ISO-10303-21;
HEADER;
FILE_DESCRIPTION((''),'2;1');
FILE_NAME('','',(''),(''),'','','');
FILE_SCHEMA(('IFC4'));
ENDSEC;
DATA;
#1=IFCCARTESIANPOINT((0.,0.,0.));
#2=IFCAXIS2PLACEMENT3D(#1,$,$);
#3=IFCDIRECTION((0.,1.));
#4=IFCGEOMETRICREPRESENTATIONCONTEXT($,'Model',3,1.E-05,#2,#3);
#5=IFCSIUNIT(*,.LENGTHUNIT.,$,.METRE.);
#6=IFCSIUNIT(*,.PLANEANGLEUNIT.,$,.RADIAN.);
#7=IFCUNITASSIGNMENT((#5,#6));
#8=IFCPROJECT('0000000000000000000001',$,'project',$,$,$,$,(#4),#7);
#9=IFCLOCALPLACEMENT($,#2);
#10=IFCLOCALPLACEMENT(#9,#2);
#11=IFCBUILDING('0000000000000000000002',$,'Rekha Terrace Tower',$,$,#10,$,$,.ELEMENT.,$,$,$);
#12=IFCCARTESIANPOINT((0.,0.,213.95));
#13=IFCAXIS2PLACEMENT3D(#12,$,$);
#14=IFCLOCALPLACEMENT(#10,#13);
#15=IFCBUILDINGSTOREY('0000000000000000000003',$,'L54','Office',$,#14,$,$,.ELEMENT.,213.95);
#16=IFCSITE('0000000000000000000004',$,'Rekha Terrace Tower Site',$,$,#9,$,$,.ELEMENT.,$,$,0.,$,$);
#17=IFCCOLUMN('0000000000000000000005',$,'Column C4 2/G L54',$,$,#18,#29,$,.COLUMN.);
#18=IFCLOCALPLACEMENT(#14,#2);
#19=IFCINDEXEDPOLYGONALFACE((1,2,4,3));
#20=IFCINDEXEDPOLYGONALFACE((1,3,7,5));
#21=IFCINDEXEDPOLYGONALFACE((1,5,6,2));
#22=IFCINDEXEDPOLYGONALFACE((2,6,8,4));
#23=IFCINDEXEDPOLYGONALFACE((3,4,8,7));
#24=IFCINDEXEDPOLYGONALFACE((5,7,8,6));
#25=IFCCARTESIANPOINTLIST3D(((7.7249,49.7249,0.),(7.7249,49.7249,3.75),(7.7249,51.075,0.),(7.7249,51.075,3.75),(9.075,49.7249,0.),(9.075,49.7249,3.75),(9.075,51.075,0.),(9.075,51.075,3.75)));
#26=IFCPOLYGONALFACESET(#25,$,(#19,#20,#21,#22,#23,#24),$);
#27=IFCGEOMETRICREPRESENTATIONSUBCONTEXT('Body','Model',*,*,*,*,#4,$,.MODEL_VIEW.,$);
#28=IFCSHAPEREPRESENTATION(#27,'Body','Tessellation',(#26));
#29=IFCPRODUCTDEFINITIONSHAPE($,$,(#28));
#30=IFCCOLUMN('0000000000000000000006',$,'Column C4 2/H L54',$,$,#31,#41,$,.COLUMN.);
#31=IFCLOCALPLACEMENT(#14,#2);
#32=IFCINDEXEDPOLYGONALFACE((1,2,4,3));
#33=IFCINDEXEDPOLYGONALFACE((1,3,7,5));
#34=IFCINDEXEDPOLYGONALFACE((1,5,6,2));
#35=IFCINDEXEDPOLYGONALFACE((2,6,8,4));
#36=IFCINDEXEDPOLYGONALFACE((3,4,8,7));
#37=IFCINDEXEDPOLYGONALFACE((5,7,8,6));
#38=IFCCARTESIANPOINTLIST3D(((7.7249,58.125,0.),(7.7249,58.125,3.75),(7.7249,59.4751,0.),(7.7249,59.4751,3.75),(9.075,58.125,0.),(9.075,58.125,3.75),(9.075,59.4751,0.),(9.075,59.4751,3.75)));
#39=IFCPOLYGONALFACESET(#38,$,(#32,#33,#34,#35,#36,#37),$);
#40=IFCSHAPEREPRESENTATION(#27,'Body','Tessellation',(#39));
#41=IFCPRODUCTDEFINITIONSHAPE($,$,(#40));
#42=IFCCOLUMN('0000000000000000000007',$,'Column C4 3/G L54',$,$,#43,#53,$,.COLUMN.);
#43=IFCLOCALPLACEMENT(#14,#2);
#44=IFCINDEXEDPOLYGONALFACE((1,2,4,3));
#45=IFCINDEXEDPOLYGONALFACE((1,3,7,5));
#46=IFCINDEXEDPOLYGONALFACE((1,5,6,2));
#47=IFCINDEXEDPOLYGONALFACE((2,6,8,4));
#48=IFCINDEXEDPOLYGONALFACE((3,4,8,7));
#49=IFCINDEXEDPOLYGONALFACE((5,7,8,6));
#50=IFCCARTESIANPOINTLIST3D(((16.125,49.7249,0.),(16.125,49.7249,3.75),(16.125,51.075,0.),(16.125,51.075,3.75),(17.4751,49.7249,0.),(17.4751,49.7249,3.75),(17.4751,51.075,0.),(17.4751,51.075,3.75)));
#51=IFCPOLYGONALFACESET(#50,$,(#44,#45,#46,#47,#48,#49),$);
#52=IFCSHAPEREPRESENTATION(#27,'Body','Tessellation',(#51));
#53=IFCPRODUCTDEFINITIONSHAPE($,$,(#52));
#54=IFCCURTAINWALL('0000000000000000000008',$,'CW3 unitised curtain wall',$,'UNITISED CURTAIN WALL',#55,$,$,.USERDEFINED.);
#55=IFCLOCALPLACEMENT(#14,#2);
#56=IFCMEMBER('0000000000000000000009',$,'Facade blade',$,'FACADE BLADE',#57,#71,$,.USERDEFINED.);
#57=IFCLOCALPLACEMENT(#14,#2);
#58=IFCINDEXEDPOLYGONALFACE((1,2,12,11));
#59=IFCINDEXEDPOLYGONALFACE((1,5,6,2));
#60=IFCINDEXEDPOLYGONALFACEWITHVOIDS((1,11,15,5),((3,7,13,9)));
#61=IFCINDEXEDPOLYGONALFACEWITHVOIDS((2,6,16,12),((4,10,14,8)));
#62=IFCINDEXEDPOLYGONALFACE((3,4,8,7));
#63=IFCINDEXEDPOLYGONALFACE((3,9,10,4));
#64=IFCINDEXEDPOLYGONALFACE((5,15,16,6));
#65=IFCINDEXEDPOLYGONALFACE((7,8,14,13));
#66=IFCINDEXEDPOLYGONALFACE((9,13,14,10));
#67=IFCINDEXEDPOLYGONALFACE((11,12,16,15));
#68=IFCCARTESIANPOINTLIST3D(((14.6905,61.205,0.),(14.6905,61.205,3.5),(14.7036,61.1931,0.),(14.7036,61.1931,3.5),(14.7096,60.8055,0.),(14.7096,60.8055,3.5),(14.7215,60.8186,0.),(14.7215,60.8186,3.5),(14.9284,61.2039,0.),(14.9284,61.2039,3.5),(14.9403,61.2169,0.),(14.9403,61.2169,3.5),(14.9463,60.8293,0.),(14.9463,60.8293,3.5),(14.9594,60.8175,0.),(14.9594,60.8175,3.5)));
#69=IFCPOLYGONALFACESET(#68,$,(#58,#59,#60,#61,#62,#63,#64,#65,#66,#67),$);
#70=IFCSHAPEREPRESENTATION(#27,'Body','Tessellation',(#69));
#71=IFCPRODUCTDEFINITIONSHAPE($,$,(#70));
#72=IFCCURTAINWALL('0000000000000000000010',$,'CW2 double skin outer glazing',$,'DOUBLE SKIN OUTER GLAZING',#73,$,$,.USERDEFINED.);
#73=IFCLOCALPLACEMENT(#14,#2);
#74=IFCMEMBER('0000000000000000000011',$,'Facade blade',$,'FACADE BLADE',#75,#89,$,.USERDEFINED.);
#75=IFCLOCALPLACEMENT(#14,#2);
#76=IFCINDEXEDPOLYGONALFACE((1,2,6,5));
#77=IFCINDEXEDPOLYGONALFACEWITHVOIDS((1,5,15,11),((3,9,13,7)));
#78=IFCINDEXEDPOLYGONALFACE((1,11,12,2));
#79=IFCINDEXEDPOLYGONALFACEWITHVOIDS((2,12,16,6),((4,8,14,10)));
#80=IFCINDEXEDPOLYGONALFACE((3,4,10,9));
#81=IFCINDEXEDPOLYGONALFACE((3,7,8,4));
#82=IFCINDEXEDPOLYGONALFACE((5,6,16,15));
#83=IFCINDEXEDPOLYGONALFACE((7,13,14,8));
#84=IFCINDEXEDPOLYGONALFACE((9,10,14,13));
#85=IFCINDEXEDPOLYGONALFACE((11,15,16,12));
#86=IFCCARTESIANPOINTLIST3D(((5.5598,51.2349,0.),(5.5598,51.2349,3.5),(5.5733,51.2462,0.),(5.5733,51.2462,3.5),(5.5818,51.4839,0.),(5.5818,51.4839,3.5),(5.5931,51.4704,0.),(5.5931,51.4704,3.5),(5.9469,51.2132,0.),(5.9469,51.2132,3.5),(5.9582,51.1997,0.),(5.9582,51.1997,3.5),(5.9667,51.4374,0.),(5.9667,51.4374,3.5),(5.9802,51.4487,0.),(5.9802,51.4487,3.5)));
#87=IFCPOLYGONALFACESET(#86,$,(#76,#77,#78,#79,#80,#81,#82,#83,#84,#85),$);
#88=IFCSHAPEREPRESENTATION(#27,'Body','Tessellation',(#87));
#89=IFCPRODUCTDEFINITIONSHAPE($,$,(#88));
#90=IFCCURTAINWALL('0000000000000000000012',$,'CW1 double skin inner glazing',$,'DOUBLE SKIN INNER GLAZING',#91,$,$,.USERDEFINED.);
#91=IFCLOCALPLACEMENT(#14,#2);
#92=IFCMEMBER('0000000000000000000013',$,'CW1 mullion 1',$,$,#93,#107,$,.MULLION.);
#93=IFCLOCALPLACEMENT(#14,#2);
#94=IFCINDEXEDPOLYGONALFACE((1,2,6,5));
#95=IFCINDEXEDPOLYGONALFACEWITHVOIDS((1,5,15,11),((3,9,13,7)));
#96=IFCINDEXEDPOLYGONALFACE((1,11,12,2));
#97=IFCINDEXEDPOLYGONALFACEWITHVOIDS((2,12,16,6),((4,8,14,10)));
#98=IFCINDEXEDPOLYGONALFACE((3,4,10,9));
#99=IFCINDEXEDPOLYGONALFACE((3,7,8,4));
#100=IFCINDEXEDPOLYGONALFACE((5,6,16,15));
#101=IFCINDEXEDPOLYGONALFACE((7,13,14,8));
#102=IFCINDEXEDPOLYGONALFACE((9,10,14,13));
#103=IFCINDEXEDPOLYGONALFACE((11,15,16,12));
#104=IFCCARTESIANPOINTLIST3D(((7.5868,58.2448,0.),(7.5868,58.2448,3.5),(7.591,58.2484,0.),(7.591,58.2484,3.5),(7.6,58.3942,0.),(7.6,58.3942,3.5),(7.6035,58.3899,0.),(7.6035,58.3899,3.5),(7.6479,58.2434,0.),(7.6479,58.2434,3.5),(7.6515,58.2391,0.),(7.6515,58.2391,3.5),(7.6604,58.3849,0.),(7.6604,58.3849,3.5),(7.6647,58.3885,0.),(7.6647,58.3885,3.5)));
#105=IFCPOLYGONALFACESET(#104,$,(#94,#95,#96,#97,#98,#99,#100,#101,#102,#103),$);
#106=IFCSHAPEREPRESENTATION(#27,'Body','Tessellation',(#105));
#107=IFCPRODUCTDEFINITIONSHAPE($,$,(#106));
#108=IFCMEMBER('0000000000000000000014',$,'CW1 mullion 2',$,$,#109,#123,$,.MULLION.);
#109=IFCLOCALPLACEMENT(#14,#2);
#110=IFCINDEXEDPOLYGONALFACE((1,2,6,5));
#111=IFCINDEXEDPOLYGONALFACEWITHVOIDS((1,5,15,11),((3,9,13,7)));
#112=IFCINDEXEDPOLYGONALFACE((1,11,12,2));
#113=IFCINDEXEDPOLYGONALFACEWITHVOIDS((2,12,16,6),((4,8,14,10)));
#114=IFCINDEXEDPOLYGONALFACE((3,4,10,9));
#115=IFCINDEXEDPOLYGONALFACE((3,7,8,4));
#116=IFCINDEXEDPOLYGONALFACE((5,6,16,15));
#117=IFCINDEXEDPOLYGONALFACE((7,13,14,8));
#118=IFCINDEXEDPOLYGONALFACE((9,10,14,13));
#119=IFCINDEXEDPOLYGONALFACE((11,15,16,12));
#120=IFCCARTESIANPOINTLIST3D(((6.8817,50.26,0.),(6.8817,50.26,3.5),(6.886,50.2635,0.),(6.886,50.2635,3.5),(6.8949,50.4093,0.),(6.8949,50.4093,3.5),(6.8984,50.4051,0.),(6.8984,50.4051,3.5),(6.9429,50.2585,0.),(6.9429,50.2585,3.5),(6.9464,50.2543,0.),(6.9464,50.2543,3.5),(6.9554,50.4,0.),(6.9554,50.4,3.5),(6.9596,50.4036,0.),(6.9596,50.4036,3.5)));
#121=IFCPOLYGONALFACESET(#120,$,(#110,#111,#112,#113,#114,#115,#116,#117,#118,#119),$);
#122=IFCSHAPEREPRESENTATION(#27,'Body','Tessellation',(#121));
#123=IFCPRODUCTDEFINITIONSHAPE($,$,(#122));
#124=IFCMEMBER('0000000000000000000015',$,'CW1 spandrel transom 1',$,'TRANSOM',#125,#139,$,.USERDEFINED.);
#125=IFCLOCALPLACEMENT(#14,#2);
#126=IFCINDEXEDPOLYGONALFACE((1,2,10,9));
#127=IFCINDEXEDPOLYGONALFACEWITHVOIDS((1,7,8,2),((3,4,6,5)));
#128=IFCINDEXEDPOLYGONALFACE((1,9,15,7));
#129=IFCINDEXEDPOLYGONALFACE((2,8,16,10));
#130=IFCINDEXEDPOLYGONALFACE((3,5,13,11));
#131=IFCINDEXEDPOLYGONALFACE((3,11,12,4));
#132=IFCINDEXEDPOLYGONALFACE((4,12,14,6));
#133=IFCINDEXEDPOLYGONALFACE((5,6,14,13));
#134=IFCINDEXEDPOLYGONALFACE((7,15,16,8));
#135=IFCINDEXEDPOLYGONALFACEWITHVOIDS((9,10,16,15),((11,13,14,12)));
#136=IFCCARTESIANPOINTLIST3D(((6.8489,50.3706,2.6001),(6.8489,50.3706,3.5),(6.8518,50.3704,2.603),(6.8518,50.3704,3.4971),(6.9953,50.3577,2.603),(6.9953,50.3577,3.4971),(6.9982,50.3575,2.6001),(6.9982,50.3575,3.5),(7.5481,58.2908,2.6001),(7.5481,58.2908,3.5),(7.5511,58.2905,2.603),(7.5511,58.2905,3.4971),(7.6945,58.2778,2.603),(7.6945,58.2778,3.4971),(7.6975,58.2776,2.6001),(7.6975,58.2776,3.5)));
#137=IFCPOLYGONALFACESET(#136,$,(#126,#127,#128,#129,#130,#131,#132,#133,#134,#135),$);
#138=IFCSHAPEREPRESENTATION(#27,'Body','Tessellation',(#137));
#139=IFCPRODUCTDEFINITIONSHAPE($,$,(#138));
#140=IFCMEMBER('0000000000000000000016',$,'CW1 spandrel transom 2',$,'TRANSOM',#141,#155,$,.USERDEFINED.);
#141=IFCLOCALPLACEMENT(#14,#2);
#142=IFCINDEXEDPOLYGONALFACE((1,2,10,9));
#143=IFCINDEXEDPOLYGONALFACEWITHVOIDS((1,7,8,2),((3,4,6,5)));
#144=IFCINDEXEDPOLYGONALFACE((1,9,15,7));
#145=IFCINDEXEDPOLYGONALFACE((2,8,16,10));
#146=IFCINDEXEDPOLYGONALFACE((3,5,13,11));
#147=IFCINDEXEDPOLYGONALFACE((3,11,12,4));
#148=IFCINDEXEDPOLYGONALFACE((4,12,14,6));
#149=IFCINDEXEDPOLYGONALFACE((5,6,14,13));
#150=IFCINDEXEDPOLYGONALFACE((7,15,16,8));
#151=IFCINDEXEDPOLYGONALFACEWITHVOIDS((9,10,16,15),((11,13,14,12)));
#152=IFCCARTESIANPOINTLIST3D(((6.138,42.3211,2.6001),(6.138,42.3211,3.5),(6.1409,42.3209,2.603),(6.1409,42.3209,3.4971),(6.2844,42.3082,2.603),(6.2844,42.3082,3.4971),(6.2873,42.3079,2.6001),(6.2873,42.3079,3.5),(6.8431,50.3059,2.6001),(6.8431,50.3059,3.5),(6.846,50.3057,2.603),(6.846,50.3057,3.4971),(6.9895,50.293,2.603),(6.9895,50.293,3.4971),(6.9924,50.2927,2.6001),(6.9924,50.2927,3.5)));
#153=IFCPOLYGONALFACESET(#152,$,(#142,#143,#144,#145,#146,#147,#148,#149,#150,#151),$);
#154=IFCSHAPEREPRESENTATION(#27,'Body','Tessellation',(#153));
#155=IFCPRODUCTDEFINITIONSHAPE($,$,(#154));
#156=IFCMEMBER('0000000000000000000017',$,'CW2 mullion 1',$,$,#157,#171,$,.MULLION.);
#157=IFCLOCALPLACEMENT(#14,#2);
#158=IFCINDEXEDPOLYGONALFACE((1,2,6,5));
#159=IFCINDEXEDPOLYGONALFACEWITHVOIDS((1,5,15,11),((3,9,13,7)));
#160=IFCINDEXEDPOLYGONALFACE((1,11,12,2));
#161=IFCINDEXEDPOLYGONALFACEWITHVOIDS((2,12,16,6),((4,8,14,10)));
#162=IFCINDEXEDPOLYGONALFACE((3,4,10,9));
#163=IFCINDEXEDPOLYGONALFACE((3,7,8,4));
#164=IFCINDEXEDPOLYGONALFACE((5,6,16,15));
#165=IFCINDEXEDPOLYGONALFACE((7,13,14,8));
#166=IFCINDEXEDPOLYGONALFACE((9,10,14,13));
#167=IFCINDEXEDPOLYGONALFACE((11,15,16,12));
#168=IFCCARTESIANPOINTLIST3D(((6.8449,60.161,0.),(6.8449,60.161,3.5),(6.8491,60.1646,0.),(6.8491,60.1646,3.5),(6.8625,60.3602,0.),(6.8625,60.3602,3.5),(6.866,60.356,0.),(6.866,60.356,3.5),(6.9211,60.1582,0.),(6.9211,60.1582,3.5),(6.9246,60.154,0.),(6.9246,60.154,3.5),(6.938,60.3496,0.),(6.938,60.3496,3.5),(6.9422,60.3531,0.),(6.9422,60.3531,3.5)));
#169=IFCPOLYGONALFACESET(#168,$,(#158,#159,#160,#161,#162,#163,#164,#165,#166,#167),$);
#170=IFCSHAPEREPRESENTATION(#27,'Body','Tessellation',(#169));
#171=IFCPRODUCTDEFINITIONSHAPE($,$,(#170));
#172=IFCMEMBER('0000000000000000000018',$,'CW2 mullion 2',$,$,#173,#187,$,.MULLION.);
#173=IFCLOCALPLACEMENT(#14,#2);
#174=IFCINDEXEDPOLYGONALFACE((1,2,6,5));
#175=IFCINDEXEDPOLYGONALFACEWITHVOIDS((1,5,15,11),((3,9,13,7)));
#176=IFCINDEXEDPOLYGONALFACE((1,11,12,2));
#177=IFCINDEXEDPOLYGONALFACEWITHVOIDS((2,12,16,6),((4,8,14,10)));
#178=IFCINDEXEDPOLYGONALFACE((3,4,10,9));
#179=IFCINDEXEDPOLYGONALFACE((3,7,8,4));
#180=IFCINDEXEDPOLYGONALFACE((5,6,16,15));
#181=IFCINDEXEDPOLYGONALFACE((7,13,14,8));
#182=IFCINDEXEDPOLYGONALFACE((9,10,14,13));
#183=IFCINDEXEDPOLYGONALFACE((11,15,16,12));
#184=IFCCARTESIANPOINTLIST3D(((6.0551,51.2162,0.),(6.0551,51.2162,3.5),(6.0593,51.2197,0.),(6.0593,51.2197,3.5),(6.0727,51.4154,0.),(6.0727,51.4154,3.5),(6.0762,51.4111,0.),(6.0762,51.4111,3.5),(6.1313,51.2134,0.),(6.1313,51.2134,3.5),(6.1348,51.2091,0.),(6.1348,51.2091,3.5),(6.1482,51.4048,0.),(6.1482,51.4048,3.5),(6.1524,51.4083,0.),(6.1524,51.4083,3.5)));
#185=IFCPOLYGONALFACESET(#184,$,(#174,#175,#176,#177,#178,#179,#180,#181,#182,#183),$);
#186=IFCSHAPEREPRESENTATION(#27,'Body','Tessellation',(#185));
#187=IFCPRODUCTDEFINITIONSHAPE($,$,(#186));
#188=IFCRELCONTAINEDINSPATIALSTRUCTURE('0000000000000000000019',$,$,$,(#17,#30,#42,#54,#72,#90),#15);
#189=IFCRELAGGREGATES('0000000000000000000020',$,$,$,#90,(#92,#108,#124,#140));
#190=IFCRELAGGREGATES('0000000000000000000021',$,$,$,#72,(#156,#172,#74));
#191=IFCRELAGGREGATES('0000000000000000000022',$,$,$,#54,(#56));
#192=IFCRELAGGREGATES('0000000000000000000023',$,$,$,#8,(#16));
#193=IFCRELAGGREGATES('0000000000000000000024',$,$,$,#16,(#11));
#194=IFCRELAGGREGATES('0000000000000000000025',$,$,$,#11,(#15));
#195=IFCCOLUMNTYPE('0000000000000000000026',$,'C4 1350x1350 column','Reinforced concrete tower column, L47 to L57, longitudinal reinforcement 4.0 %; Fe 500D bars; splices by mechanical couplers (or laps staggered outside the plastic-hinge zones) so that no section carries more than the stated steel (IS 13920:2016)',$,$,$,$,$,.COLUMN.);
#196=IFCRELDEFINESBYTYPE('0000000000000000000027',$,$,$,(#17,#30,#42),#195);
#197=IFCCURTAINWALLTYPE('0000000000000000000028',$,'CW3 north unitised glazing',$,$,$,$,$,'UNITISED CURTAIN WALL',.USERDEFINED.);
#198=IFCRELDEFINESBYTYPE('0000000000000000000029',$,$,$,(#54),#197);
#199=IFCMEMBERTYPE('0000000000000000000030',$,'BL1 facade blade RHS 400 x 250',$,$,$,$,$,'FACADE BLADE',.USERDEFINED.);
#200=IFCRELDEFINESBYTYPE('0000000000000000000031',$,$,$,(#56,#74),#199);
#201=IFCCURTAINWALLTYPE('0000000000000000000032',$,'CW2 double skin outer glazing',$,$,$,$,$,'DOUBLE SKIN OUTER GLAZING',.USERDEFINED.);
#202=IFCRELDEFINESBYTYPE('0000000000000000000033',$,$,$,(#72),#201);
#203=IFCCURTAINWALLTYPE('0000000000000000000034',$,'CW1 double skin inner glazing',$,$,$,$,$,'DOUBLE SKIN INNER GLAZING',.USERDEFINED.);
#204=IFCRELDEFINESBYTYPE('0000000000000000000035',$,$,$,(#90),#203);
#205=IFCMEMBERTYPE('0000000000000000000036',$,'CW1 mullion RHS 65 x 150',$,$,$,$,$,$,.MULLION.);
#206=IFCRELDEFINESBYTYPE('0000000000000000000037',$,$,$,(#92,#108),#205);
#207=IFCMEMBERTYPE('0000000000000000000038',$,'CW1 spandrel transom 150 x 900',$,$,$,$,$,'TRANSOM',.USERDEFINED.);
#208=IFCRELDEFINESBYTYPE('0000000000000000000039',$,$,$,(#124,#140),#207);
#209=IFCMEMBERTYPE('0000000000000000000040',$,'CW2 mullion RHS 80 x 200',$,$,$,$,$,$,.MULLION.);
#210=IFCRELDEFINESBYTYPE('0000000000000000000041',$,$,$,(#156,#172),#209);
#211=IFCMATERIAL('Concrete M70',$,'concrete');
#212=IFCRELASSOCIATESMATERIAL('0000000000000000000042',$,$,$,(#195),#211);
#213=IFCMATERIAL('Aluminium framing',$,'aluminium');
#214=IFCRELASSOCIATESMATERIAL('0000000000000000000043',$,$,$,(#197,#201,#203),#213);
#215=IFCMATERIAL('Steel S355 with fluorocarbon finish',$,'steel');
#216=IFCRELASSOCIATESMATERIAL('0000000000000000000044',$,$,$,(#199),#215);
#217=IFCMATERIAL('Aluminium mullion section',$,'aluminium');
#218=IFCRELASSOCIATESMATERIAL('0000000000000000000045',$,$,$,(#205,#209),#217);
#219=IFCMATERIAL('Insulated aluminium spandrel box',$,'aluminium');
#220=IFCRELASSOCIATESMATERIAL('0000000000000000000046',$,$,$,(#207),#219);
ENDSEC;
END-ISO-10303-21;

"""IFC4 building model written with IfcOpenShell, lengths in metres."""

from ifc_helpers import new_model, si_unit, direction, frame, origin, origin_2d, place, context, subcontext, project, spatial, rectangle, hollow_rectangle, extrude, material, material_profile, profile_set, type_object, element, aggregate, save


model = new_model("IFC4")

# Units and contexts
model_context = context("Model", 3, precision=1e-05, world=origin(), true_north=direction((0.0, 1.0)))
body_context = subcontext(model_context, "Body", "Model", "MODEL_VIEW")
ifc_project = project(units=[si_unit("LENGTHUNIT", "METRE"), si_unit("PLANEANGLEUNIT", "RADIAN")], contexts=[model_context])

# Site, building, storey
site_placement = place(None, origin())
site = spatial("IfcSite", under=ifc_project, at=site_placement, Name="Rekha Terrace Tower Site", CompositionType="ELEMENT", RefElevation=0.0)
building_placement = place(site_placement, origin())
building = spatial("IfcBuilding", under=site, at=building_placement, Name="Rekha Terrace Tower", CompositionType="ELEMENT")
storey_placement = place(building_placement, frame((0.0, 0.0, 213.95)))
storey = spatial("IfcBuildingStorey", under=building, at=storey_placement, Name="L54", Description="Office", CompositionType="ELEMENT", Elevation=213.95)

# Columns
ifc_material_1 = material(Name="Concrete M70", Category="concrete")
ifc_material_profile_1 = material_profile(ifc_material_1, rectangle(XDim=1.3501, YDim=1.3501, at=origin_2d()), Name="RC 1350x1350")
ifc_profile_set_1 = profile_set([ifc_material_profile_1], Name="Concrete M70")
column_type = type_object("IfcColumnType", Name="C4 1350x1350 column", Description="Reinforced concrete tower column, L47 to L57, longitudinal reinforcement 4.0 %; Fe 500D bars; splices by mechanical couplers (or laps staggered outside the plastic-hinge zones) so that no section carries more than the stated steel (IS 13920:2016)", PredefinedType="COLUMN", material=ifc_profile_set_1)
for number, where, z_axis, x_axis, name in (
    (1, (8.3999, 50.3999, 0.0), (0.0, 0.0, 1.0), (1.0, 0.0, 0.0), "Column C4 2/G L54"),
    (2, (8.3999, 58.8, 0.0), (0.0, 0.0, 1.0), (1.0, 0.0, 0.0), "Column C4 2/H L54"),
    (3, (16.8, 50.3999, 0.0), (0.0, 0.0, 1.0), (1.0, 0.0, 0.0), "Column C4 3/G L54"),
):
    element("IfcColumn", number, at=place(storey_placement, frame(where, z_axis=z_axis, x_axis=x_axis)), inside=storey, type_object=column_type, Name=name, PredefinedType="COLUMN", context=body_context, shape_type="SweptSolid", body=[
        extrude(rectangle(XDim=1.3501, YDim=1.3501, at=origin_2d()), origin(), (0.0, 0.0, 1.0), 3.75),
    ])

# Curtain walls, members
ifc_material_2 = material(Name="Aluminium framing", Category="aluminium")
curtain_wall_type_1 = type_object("IfcCurtainWallType", Name="CW3 north unitised glazing", ElementType="UNITISED CURTAIN WALL", PredefinedType="USERDEFINED", material=ifc_material_2)
curtain_wall_1_placement = place(storey_placement, origin())
curtain_wall_1 = element("IfcCurtainWall", 4, at=curtain_wall_1_placement, inside=storey, type_object=curtain_wall_type_1, Name="CW3 unitised curtain wall", ObjectType="UNITISED CURTAIN WALL", PredefinedType="USERDEFINED")
ifc_material_3 = material(Name="Steel S355 with fluorocarbon finish", Category="steel")
ifc_material_profile_2 = material_profile(ifc_material_3, hollow_rectangle(XDim=0.25, YDim=0.3999, WallThickness=0.0125, at=origin_2d()), Name="RHS400x250x12.5")
ifc_profile_set_2 = profile_set([ifc_material_profile_2], Name="Steel S355 with fluorocarbon finish")
member_type_1 = type_object("IfcMemberType", Name="BL1 facade blade RHS 400 x 250", ElementType="FACADE BLADE", PredefinedType="USERDEFINED", material=ifc_profile_set_2)
member_1_placement = place(storey_placement, frame((14.825, 61.0112, 0.0), z_axis=(0.0, 0.0, 1.0), x_axis=(-0.998859, -0.047758, 0.0)))
member_1 = element("IfcMember", 5, at=member_1_placement, type_object=member_type_1, Name="Facade blade", ObjectType="FACADE BLADE", PredefinedType="USERDEFINED", context=body_context, shape_type="SweptSolid", body=[
    extrude(hollow_rectangle(XDim=0.25, YDim=0.3999, WallThickness=0.0125, at=origin_2d()), origin(), (0.0, 0.0, 1.0), 3.5),
])
curtain_wall_type_2 = type_object("IfcCurtainWallType", Name="CW2 double skin outer glazing", ElementType="DOUBLE SKIN OUTER GLAZING", PredefinedType="USERDEFINED", material=ifc_material_2)
curtain_wall_2_placement = place(storey_placement, origin())
curtain_wall_2 = element("IfcCurtainWall", 6, at=curtain_wall_2_placement, inside=storey, type_object=curtain_wall_type_2, Name="CW2 double skin outer glazing", ObjectType="DOUBLE SKIN OUTER GLAZING", PredefinedType="USERDEFINED")
member_2_placement = place(storey_placement, frame((5.77, 51.3418, 0.0), z_axis=(0.0, 0.0, 1.0), x_axis=(-0.087957, -0.996124, 0.0)))
member_2 = element("IfcMember", 7, at=member_2_placement, type_object=member_type_1, Name="Facade blade", ObjectType="FACADE BLADE", PredefinedType="USERDEFINED", context=body_context, shape_type="SweptSolid", body=[
    extrude(hollow_rectangle(XDim=0.25, YDim=0.3999, WallThickness=0.0125, at=origin_2d()), origin(), (0.0, 0.0, 1.0), 3.5),
])

# Curtain wall, members
curtain_wall_type_3 = type_object("IfcCurtainWallType", Name="CW1 double skin inner glazing", ElementType="DOUBLE SKIN INNER GLAZING", PredefinedType="USERDEFINED", material=ifc_material_2)
curtain_wall_3_placement = place(storey_placement, origin())
curtain_wall_3 = element("IfcCurtainWall", 8, at=curtain_wall_3_placement, inside=storey, type_object=curtain_wall_type_3, Name="CW1 double skin inner glazing", ObjectType="DOUBLE SKIN INNER GLAZING", PredefinedType="USERDEFINED")
ifc_material_4 = material(Name="Aluminium mullion section", Category="aluminium")
ifc_material_profile_3 = material_profile(ifc_material_4, hollow_rectangle(XDim=0.0649, YDim=0.1499, WallThickness=0.0039, at=origin_2d()), Name="AL RHS 65x150")
ifc_profile_set_3 = profile_set([ifc_material_profile_3], Name="Aluminium mullion section")
member_type_2 = type_object("IfcMemberType", Name="CW1 mullion RHS 65 x 150", PredefinedType="MULLION", material=ifc_profile_set_3)
member_3_placement = place(storey_placement, frame((7.6257, 58.3167, 0.0), z_axis=(0.0, 0.0, 1.0), x_axis=(0.996124, -0.087958, 0.0)))
member_3 = element("IfcMember", 9, at=member_3_placement, type_object=member_type_2, Name="CW1 mullion 1", PredefinedType="MULLION", context=body_context, shape_type="SweptSolid", body=[
    extrude(hollow_rectangle(XDim=0.0649, YDim=0.1499, WallThickness=0.0039, at=origin_2d()), origin(), (0.0, 0.0, 1.0), 3.5),
])
member_4_placement = place(storey_placement, frame((6.9207, 50.3318, 0.0), z_axis=(0.0, 0.0, 1.0), x_axis=(0.996124, -0.087958, 0.0)))
member_4 = element("IfcMember", 10, at=member_4_placement, type_object=member_type_2, Name="CW1 mullion 2", PredefinedType="MULLION", context=body_context, shape_type="SweptSolid", body=[
    extrude(hollow_rectangle(XDim=0.0649, YDim=0.1499, WallThickness=0.0039, at=origin_2d()), origin(), (0.0, 0.0, 1.0), 3.5),
])
ifc_material_5 = material(Name="Insulated aluminium spandrel box", Category="aluminium")
ifc_material_profile_4 = material_profile(ifc_material_5, hollow_rectangle(XDim=0.1499, YDim=0.8999, WallThickness=0.0029, at=origin_2d()), Name="AL SPANDREL BOX 150x900")
ifc_profile_set_4 = profile_set([ifc_material_profile_4], Name="Insulated aluminium spandrel box")
member_type_3 = type_object("IfcMemberType", Name="CW1 spandrel transom 150 x 900", ElementType="TRANSOM", PredefinedType="USERDEFINED", material=ifc_profile_set_4)
member_5_placement = place(storey_placement, frame((7.6228, 58.2842, 3.05), z_axis=(-0.087941, -0.996126, 0.0), x_axis=(0.996126, -0.087941, 0.0)))
member_5 = element("IfcMember", 11, at=member_5_placement, type_object=member_type_3, Name="CW1 spandrel transom 1", ObjectType="TRANSOM", PredefinedType="USERDEFINED", context=body_context, shape_type="SweptSolid", body=[
    extrude(hollow_rectangle(XDim=0.1499, YDim=0.8999, WallThickness=0.0029, at=origin_2d()), origin(), (0.0, 0.0, 1.0), 7.9509),
])
member_6_placement = place(storey_placement, frame((6.9177, 50.2993, 3.05), z_axis=(-0.08796, -0.996124, 0.0), x_axis=(0.996124, -0.08796, 0.0)))
member_6 = element("IfcMember", 12, at=member_6_placement, type_object=member_type_3, Name="CW1 spandrel transom 2", ObjectType="TRANSOM", PredefinedType="USERDEFINED", context=body_context, shape_type="SweptSolid", body=[
    extrude(hollow_rectangle(XDim=0.1499, YDim=0.8999, WallThickness=0.0029, at=origin_2d()), origin(), (0.0, 0.0, 1.0), 8.0159),
])

# Members
ifc_material_profile_5 = material_profile(ifc_material_4, hollow_rectangle(XDim=0.0801, YDim=0.2, WallThickness=0.0039, at=origin_2d()), Name="AL RHS 80x200")
ifc_profile_set_5 = profile_set([ifc_material_profile_5], Name="Aluminium mullion section")
member_type_4 = type_object("IfcMemberType", Name="CW2 mullion RHS 80 x 200", PredefinedType="MULLION", material=ifc_profile_set_5)
member_7_placement = place(storey_placement, frame((6.8936, 60.2571, 0.0), z_axis=(0.0, 0.0, 1.0), x_axis=(0.996124, -0.087958, 0.0)))
member_7 = element("IfcMember", 13, at=member_7_placement, type_object=member_type_4, Name="CW2 mullion 1", PredefinedType="MULLION", context=body_context, shape_type="SweptSolid", body=[
    extrude(hollow_rectangle(XDim=0.0801, YDim=0.2, WallThickness=0.0039, at=origin_2d()), origin(), (0.0, 0.0, 1.0), 3.5),
])
member_8_placement = place(storey_placement, frame((6.1038, 51.3123, 0.0), z_axis=(0.0, 0.0, 1.0), x_axis=(0.996124, -0.087958, 0.0)))
member_8 = element("IfcMember", 14, at=member_8_placement, type_object=member_type_4, Name="CW2 mullion 2", PredefinedType="MULLION", context=body_context, shape_type="SweptSolid", body=[
    extrude(hollow_rectangle(XDim=0.0801, YDim=0.2, WallThickness=0.0039, at=origin_2d()), origin(), (0.0, 0.0, 1.0), 3.5),
])

aggregate(curtain_wall_3, [member_3, member_4, member_5, member_6])
aggregate(curtain_wall_2, [member_7, member_8, member_2])
aggregate(curtain_wall_1, [member_1])

save(model, "model.ifc")
